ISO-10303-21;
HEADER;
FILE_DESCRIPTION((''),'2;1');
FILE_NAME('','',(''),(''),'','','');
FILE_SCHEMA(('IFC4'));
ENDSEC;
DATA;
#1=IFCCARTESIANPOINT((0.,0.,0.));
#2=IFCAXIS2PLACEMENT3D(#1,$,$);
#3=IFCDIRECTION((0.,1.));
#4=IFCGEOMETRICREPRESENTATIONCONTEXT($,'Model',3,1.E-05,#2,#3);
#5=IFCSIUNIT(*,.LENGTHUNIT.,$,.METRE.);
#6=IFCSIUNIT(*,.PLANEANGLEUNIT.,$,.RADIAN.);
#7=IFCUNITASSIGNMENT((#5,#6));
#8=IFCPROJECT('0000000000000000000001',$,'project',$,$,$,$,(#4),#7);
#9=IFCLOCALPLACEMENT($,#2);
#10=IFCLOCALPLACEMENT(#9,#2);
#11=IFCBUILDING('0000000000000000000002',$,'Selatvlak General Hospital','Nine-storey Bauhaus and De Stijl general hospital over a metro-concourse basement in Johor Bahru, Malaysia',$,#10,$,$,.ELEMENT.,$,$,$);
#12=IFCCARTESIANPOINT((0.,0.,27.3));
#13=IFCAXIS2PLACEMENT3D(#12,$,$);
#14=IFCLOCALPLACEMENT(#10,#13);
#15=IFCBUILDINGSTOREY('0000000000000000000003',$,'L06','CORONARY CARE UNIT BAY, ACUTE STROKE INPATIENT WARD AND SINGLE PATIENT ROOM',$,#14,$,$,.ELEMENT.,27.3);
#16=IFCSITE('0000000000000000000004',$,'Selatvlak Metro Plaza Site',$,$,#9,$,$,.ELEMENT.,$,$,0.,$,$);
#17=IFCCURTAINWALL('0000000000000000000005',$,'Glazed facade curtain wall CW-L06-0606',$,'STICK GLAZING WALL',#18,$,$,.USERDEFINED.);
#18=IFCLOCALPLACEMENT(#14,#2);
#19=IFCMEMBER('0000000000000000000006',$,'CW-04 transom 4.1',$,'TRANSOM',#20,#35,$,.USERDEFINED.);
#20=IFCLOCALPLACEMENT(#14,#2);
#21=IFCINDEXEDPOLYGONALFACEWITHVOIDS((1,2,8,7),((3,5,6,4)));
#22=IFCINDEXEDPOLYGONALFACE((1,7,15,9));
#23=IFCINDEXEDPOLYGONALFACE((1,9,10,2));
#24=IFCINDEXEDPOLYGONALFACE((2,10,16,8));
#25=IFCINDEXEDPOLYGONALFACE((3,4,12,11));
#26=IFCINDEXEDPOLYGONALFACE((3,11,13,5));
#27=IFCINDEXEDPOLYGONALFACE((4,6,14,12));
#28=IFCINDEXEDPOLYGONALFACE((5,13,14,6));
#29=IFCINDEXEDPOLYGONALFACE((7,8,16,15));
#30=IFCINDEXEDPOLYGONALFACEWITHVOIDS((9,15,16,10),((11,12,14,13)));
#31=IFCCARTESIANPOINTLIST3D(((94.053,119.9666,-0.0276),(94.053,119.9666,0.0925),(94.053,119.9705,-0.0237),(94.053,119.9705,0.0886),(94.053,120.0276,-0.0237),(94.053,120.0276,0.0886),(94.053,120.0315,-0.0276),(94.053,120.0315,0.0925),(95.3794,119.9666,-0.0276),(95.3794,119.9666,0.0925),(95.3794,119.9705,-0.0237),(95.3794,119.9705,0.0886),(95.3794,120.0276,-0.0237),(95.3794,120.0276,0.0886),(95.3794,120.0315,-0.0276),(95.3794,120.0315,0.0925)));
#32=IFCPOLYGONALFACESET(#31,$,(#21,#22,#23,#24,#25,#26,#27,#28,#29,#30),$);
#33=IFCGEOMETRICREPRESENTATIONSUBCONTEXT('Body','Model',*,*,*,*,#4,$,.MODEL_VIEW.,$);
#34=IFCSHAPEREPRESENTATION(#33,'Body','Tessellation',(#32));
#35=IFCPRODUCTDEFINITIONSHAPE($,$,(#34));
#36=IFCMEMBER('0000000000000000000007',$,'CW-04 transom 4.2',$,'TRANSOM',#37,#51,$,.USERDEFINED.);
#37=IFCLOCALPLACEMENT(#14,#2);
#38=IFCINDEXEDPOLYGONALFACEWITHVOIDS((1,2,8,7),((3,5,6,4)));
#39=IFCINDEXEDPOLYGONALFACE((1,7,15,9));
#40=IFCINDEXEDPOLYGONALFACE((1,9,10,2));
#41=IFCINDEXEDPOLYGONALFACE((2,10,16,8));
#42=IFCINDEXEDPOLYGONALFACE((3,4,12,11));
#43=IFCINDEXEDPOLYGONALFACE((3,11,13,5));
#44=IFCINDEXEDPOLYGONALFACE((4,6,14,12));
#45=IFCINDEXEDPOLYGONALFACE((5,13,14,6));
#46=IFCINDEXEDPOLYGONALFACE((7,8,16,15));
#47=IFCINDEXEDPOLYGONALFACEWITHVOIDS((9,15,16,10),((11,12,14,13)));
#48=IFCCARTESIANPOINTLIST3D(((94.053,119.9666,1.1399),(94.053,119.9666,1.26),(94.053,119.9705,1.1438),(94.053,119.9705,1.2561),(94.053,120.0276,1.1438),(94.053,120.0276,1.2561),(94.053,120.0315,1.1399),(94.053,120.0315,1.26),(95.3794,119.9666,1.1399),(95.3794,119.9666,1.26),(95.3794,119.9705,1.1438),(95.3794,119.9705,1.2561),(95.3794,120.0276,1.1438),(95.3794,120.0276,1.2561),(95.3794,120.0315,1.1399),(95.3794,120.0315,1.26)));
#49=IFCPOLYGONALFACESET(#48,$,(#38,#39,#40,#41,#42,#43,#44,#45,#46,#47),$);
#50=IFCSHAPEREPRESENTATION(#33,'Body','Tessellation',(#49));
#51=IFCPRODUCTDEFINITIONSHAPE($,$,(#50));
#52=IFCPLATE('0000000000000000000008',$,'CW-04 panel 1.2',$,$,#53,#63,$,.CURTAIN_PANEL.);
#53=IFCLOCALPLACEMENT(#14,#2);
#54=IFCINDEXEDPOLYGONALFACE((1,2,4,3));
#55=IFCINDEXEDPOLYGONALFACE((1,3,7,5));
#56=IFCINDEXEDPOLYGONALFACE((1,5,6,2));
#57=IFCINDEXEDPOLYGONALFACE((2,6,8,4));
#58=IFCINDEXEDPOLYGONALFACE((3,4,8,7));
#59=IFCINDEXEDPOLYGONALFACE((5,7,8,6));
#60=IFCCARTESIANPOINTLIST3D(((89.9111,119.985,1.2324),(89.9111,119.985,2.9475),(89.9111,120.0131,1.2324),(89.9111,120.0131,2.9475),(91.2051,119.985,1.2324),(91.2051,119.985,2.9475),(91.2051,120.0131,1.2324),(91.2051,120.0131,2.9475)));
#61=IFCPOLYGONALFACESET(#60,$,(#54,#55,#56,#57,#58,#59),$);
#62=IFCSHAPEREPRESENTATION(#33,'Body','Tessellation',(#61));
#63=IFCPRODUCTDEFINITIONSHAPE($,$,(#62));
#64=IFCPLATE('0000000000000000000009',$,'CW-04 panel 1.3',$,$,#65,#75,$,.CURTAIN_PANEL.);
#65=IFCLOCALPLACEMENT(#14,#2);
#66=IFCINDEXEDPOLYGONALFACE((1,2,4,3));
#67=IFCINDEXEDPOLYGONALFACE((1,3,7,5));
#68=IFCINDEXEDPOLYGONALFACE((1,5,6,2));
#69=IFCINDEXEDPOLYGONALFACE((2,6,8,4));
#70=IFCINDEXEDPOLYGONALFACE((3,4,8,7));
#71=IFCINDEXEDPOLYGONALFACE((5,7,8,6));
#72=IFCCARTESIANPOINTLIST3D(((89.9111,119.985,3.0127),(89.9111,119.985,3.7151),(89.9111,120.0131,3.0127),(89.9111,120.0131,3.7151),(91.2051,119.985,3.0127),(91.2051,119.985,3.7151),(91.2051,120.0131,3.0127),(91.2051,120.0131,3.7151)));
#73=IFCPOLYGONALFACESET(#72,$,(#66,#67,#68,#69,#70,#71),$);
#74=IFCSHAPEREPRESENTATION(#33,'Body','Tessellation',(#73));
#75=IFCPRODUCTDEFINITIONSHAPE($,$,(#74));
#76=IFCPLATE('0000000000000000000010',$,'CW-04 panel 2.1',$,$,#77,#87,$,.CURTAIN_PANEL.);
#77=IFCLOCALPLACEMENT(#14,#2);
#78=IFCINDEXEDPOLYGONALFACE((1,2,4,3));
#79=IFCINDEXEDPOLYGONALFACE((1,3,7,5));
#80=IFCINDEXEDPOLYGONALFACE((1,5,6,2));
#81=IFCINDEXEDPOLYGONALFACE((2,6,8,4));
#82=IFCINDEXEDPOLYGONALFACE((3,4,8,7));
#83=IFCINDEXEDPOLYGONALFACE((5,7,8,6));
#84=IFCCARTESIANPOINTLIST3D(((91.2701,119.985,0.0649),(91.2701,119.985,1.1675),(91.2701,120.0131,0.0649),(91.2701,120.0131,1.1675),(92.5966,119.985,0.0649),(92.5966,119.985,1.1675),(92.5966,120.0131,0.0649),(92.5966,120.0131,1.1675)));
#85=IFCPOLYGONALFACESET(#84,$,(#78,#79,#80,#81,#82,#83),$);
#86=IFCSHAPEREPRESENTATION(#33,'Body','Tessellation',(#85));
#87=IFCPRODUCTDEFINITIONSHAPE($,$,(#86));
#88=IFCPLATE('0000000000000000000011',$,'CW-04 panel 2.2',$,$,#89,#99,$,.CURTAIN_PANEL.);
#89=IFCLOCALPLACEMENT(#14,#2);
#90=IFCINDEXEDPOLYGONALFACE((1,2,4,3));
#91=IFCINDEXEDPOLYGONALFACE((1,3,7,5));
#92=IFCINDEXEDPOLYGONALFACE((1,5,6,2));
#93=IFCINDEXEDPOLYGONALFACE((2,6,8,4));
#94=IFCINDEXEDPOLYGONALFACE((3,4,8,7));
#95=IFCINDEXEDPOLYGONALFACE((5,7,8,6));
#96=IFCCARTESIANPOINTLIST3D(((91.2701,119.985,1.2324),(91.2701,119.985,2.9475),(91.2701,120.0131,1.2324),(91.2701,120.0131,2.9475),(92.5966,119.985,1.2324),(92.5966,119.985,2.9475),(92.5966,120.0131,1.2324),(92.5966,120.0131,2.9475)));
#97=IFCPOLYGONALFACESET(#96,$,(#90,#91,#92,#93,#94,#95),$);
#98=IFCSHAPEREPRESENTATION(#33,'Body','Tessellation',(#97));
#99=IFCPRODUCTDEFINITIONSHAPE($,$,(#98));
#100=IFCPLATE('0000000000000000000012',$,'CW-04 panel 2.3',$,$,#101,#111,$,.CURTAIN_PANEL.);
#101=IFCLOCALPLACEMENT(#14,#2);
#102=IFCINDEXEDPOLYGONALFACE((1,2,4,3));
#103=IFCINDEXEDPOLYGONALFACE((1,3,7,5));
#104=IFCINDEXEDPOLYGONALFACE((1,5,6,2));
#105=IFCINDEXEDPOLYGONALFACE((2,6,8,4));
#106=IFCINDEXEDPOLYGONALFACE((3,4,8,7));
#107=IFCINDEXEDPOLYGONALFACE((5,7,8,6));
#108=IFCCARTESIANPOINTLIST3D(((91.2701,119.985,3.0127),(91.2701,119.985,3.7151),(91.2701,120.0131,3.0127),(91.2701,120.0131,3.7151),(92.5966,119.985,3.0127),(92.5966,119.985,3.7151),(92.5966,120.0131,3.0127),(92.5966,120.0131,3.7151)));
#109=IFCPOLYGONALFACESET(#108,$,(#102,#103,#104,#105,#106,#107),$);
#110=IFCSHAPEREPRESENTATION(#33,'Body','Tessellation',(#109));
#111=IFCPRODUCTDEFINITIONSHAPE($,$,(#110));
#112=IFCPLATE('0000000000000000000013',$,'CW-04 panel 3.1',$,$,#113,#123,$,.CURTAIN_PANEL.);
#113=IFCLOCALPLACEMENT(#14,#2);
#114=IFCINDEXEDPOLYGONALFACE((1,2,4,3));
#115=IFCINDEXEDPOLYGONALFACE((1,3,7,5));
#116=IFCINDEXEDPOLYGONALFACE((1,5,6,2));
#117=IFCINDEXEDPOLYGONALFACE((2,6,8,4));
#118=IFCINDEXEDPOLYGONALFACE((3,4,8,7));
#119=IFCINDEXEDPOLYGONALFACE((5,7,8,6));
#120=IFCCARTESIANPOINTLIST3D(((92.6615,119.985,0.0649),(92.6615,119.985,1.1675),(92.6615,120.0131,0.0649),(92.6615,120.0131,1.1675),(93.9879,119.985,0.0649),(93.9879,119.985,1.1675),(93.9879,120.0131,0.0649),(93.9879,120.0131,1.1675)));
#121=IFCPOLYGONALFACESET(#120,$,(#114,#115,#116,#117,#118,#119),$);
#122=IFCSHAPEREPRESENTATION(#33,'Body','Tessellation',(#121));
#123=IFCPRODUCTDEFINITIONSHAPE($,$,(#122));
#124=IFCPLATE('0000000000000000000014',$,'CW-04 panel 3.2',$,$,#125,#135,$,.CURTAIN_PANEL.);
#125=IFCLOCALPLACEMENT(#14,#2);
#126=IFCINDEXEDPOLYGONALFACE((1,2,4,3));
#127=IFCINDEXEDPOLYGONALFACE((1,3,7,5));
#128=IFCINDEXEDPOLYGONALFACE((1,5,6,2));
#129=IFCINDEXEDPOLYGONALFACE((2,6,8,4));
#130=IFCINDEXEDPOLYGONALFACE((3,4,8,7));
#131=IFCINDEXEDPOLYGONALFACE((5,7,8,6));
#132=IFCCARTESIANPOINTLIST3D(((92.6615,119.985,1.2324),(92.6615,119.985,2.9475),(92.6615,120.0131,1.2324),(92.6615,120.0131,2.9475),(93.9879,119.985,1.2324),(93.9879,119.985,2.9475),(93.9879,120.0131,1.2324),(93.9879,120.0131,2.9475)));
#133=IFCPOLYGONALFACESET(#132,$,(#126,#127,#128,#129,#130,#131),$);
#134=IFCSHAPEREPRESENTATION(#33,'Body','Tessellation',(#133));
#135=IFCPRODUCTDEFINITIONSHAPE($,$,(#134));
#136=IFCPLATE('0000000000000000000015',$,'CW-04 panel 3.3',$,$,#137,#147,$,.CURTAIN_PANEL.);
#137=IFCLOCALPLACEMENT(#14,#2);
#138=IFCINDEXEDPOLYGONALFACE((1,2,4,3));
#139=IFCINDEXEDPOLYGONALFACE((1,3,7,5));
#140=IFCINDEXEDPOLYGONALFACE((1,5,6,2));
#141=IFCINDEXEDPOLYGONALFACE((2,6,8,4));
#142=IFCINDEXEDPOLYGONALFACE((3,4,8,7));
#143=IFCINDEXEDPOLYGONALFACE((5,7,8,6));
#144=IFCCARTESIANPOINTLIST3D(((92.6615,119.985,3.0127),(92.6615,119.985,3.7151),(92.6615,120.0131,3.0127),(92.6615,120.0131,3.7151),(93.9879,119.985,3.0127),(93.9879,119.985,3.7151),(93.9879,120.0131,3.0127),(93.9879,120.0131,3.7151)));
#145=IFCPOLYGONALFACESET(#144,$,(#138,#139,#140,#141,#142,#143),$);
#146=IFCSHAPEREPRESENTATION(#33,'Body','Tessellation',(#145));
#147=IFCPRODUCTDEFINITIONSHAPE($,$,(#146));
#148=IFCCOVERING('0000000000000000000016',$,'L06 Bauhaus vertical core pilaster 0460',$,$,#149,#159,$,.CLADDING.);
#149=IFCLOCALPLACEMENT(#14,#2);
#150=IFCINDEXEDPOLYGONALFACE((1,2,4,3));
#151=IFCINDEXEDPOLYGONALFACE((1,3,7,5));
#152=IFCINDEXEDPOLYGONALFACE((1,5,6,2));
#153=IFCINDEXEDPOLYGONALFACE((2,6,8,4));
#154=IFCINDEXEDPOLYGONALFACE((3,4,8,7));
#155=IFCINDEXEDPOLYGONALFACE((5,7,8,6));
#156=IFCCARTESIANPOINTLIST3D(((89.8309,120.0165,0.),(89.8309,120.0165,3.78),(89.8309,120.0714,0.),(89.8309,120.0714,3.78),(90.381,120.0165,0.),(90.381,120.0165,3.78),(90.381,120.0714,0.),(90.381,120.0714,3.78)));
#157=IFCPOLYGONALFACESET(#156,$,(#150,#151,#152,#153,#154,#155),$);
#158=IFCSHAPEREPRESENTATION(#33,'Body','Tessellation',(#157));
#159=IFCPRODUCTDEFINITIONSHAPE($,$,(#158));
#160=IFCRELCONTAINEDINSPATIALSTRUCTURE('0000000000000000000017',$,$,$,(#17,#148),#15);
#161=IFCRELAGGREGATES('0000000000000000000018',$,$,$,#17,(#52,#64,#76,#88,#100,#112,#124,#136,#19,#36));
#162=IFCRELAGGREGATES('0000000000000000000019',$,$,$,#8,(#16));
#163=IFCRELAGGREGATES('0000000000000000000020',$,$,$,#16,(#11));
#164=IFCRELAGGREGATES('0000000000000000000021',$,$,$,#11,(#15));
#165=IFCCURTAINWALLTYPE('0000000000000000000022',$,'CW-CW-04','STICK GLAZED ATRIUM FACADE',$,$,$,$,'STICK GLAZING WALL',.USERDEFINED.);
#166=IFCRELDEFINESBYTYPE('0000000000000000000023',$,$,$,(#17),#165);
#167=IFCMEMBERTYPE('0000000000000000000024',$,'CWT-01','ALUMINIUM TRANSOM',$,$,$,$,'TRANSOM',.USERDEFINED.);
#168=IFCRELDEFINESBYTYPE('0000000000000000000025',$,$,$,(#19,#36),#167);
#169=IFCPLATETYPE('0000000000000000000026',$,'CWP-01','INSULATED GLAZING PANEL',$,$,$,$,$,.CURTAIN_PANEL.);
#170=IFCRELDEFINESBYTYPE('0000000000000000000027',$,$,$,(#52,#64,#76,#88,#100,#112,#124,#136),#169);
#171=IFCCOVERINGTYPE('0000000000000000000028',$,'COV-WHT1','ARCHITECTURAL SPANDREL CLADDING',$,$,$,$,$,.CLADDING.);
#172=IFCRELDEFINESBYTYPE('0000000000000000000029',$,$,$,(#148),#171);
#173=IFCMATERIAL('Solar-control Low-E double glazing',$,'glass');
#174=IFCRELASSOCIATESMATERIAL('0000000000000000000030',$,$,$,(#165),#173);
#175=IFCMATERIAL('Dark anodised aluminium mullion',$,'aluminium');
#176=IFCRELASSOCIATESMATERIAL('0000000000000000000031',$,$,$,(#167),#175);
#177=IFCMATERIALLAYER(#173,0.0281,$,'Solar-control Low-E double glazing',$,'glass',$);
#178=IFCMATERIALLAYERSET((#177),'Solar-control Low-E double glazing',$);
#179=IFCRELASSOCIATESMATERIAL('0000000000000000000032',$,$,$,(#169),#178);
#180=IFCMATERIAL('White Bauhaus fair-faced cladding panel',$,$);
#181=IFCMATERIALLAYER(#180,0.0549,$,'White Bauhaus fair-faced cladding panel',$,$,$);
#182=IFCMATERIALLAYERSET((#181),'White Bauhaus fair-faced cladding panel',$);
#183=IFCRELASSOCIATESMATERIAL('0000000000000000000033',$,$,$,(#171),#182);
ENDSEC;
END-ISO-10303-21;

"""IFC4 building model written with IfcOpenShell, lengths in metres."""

from ifc_helpers import new_model, si_unit, direction, frame, origin, origin_2d, place, context, subcontext, project, spatial, rectangle, hollow_rectangle, extrude, material, layer, layer_set, material_profile, profile_set, type_object, element, aggregate, save


model = new_model("IFC4")

# Units and contexts
model_context = context("Model", 3, precision=1e-05, world=origin(), true_north=direction((0.0, 1.0)))
body_context = subcontext(model_context, "Body", "Model", "MODEL_VIEW")
ifc_project = project(units=[si_unit("LENGTHUNIT", "METRE"), si_unit("PLANEANGLEUNIT", "RADIAN")], contexts=[model_context])

# Site, building, storey
site_placement = place(None, origin())
site = spatial("IfcSite", under=ifc_project, at=site_placement, Name="Selatvlak Metro Plaza Site", CompositionType="ELEMENT", RefElevation=0.0)
building_placement = place(site_placement, origin())
building = spatial("IfcBuilding", under=site, at=building_placement, Name="Selatvlak General Hospital", Description="Nine-storey Bauhaus and De Stijl general hospital over a metro-concourse basement in Johor Bahru, Malaysia", CompositionType="ELEMENT")
storey_placement = place(building_placement, frame((0.0, 0.0, 27.3)))
storey = spatial("IfcBuildingStorey", under=building, at=storey_placement, Name="L06", Description="CORONARY CARE UNIT BAY, ACUTE STROKE INPATIENT WARD AND SINGLE PATIENT ROOM", CompositionType="ELEMENT", Elevation=27.3)

# Curtain wall, members, plates
ifc_material_1 = material(Name="Solar-control Low-E double glazing", Category="glass")
curtain_wall_type = type_object("IfcCurtainWallType", Name="CW-CW-04", Description="STICK GLAZED ATRIUM FACADE", ElementType="STICK GLAZING WALL", PredefinedType="USERDEFINED", material=ifc_material_1)
curtain_wall_placement = place(storey_placement, origin())
curtain_wall = element("IfcCurtainWall", 1, at=curtain_wall_placement, inside=storey, type_object=curtain_wall_type, Name="Glazed facade curtain wall CW-L06-0606", ObjectType="STICK GLAZING WALL", PredefinedType="USERDEFINED")
ifc_material_2 = material(Name="Dark anodised aluminium mullion", Category="aluminium")
ifc_material_profile_1 = material_profile(ifc_material_2, hollow_rectangle(XDim=0.0649, YDim=0.1201, WallThickness=0.0039, at=origin_2d()), Name="AL-TRN 65x120x4")
ifc_profile_set_1 = profile_set([ifc_material_profile_1], Name="Dark anodised aluminium mullion")
member_type_1 = type_object("IfcMemberType", Name="CWT-01", Description="ALUMINIUM TRANSOM", ElementType="TRANSOM", PredefinedType="USERDEFINED", material=ifc_profile_set_1)
member_1_placement = place(storey_placement, frame((94.053, 119.999, 0.0325), z_axis=(1.0, 0.0, 0.0), x_axis=(0.0, 1.0, 0.0)))
member_1 = element("IfcMember", 2, at=member_1_placement, type_object=member_type_1, Name="CW-04 transom 4.1", ObjectType="TRANSOM", PredefinedType="USERDEFINED", context=body_context, shape_type="SweptSolid", body=[
    extrude(hollow_rectangle(XDim=0.0649, YDim=0.1201, WallThickness=0.0039, at=origin_2d()), origin(), (0.0, 0.0, 1.0), 1.3264),
])
member_2_placement = place(storey_placement, frame((94.053, 119.999, 1.2), z_axis=(1.0, 0.0, 0.0), x_axis=(0.0, 1.0, 0.0)))
member_2 = element("IfcMember", 3, at=member_2_placement, type_object=member_type_1, Name="CW-04 transom 4.2", ObjectType="TRANSOM", PredefinedType="USERDEFINED", context=body_context, shape_type="SweptSolid", body=[
    extrude(hollow_rectangle(XDim=0.0649, YDim=0.1201, WallThickness=0.0039, at=origin_2d()), origin(), (0.0, 0.0, 1.0), 1.3264),
])
ifc_layer_1 = layer(ifc_material_1, 0.0281, Name="Solar-control Low-E double glazing", Category="glass")
ifc_layer_set_1 = layer_set([ifc_layer_1], Name="Solar-control Low-E double glazing")
plate_type = type_object("IfcPlateType", Name="CWP-01", Description="INSULATED GLAZING PANEL", PredefinedType="CURTAIN_PANEL", material=ifc_layer_set_1)
plate_1_placement = place(storey_placement, frame((90.5581, 119.999, 1.2324), z_axis=(0.0, 0.0, 1.0), x_axis=(1.0, 0.0, 0.0)))
plate_1 = element("IfcPlate", 4, at=plate_1_placement, type_object=plate_type, Name="CW-04 panel 1.2", PredefinedType="CURTAIN_PANEL", context=body_context, shape_type="SweptSolid", body=[
    extrude(rectangle(XDim=1.2939, YDim=0.0281, at=origin_2d()), origin(), (0.0, 0.0, 1.0), 1.7151),
])
plate_2_placement = place(storey_placement, frame((90.5581, 119.999, 3.0127), z_axis=(0.0, 0.0, 1.0), x_axis=(1.0, 0.0, 0.0)))
plate_2 = element("IfcPlate", 5, at=plate_2_placement, type_object=plate_type, Name="CW-04 panel 1.3", PredefinedType="CURTAIN_PANEL", context=body_context, shape_type="SweptSolid", body=[
    extrude(rectangle(XDim=1.2939, YDim=0.0281, at=origin_2d()), origin(), (0.0, 0.0, 1.0), 0.7024),
])
plate_3_placement = place(storey_placement, frame((91.9333, 119.999, 0.0649), z_axis=(0.0, 0.0, 1.0), x_axis=(1.0, 0.0, 0.0)))
plate_3 = element("IfcPlate", 6, at=plate_3_placement, type_object=plate_type, Name="CW-04 panel 2.1", PredefinedType="CURTAIN_PANEL", context=body_context, shape_type="SweptSolid", body=[
    extrude(rectangle(XDim=1.3264, YDim=0.0281, at=origin_2d()), origin(), (0.0, 0.0, 1.0), 1.1025),
])
plate_4_placement = place(storey_placement, frame((91.9333, 119.999, 1.2324), z_axis=(0.0, 0.0, 1.0), x_axis=(1.0, 0.0, 0.0)))
plate_4 = element("IfcPlate", 7, at=plate_4_placement, type_object=plate_type, Name="CW-04 panel 2.2", PredefinedType="CURTAIN_PANEL", context=body_context, shape_type="SweptSolid", body=[
    extrude(rectangle(XDim=1.3264, YDim=0.0281, at=origin_2d()), origin(), (0.0, 0.0, 1.0), 1.7151),
])
plate_5_placement = place(storey_placement, frame((91.9333, 119.999, 3.0127), z_axis=(0.0, 0.0, 1.0), x_axis=(1.0, 0.0, 0.0)))
plate_5 = element("IfcPlate", 8, at=plate_5_placement, type_object=plate_type, Name="CW-04 panel 2.3", PredefinedType="CURTAIN_PANEL", context=body_context, shape_type="SweptSolid", body=[
    extrude(rectangle(XDim=1.3264, YDim=0.0281, at=origin_2d()), origin(), (0.0, 0.0, 1.0), 0.7024),
])
plate_6_placement = place(storey_placement, frame((93.3247, 119.999, 0.0649), z_axis=(0.0, 0.0, 1.0), x_axis=(1.0, 0.0, 0.0)))
plate_6 = element("IfcPlate", 9, at=plate_6_placement, type_object=plate_type, Name="CW-04 panel 3.1", PredefinedType="CURTAIN_PANEL", context=body_context, shape_type="SweptSolid", body=[
    extrude(rectangle(XDim=1.3264, YDim=0.0281, at=origin_2d()), origin(), (0.0, 0.0, 1.0), 1.1025),
])
plate_7_placement = place(storey_placement, frame((93.3247, 119.999, 1.2324), z_axis=(0.0, 0.0, 1.0), x_axis=(1.0, 0.0, 0.0)))
plate_7 = element("IfcPlate", 10, at=plate_7_placement, type_object=plate_type, Name="CW-04 panel 3.2", PredefinedType="CURTAIN_PANEL", context=body_context, shape_type="SweptSolid", body=[
    extrude(rectangle(XDim=1.3264, YDim=0.0281, at=origin_2d()), origin(), (0.0, 0.0, 1.0), 1.7151),
])
plate_8_placement = place(storey_placement, frame((93.3247, 119.999, 3.0127), z_axis=(0.0, 0.0, 1.0), x_axis=(1.0, 0.0, 0.0)))
plate_8 = element("IfcPlate", 11, at=plate_8_placement, type_object=plate_type, Name="CW-04 panel 3.3", PredefinedType="CURTAIN_PANEL", context=body_context, shape_type="SweptSolid", body=[
    extrude(rectangle(XDim=1.3264, YDim=0.0281, at=origin_2d()), origin(), (0.0, 0.0, 1.0), 0.7024),
])
aggregate(curtain_wall, [plate_1, plate_2, plate_3, plate_4, plate_5, plate_6, plate_7, plate_8, member_1, member_2])

# Covering
ifc_material_3 = material(Name="White Bauhaus fair-faced cladding panel")
ifc_layer_2 = layer(ifc_material_3, 0.0549, Name="White Bauhaus fair-faced cladding panel")
ifc_layer_set_2 = layer_set([ifc_layer_2], Name="White Bauhaus fair-faced cladding panel")
covering_type = type_object("IfcCoveringType", Name="COV-WHT1", Description="ARCHITECTURAL SPANDREL CLADDING", PredefinedType="CLADDING", material=ifc_layer_set_2)
covering_placement = place(storey_placement, frame((90.106, 120.0439, 0.0), z_axis=(0.0, 0.0, 1.0), x_axis=(1.0, 0.0, 0.0)))
element("IfcCovering", 12, at=covering_placement, inside=storey, type_object=covering_type, Name="L06 Bauhaus vertical core pilaster 0460", PredefinedType="CLADDING", context=body_context, shape_type="SweptSolid", body=[
    extrude(rectangle(XDim=0.55, YDim=0.0549, at=origin_2d()), origin(), (0.0, 0.0, 1.0), 3.78),
])

save(model, "model.ifc")
